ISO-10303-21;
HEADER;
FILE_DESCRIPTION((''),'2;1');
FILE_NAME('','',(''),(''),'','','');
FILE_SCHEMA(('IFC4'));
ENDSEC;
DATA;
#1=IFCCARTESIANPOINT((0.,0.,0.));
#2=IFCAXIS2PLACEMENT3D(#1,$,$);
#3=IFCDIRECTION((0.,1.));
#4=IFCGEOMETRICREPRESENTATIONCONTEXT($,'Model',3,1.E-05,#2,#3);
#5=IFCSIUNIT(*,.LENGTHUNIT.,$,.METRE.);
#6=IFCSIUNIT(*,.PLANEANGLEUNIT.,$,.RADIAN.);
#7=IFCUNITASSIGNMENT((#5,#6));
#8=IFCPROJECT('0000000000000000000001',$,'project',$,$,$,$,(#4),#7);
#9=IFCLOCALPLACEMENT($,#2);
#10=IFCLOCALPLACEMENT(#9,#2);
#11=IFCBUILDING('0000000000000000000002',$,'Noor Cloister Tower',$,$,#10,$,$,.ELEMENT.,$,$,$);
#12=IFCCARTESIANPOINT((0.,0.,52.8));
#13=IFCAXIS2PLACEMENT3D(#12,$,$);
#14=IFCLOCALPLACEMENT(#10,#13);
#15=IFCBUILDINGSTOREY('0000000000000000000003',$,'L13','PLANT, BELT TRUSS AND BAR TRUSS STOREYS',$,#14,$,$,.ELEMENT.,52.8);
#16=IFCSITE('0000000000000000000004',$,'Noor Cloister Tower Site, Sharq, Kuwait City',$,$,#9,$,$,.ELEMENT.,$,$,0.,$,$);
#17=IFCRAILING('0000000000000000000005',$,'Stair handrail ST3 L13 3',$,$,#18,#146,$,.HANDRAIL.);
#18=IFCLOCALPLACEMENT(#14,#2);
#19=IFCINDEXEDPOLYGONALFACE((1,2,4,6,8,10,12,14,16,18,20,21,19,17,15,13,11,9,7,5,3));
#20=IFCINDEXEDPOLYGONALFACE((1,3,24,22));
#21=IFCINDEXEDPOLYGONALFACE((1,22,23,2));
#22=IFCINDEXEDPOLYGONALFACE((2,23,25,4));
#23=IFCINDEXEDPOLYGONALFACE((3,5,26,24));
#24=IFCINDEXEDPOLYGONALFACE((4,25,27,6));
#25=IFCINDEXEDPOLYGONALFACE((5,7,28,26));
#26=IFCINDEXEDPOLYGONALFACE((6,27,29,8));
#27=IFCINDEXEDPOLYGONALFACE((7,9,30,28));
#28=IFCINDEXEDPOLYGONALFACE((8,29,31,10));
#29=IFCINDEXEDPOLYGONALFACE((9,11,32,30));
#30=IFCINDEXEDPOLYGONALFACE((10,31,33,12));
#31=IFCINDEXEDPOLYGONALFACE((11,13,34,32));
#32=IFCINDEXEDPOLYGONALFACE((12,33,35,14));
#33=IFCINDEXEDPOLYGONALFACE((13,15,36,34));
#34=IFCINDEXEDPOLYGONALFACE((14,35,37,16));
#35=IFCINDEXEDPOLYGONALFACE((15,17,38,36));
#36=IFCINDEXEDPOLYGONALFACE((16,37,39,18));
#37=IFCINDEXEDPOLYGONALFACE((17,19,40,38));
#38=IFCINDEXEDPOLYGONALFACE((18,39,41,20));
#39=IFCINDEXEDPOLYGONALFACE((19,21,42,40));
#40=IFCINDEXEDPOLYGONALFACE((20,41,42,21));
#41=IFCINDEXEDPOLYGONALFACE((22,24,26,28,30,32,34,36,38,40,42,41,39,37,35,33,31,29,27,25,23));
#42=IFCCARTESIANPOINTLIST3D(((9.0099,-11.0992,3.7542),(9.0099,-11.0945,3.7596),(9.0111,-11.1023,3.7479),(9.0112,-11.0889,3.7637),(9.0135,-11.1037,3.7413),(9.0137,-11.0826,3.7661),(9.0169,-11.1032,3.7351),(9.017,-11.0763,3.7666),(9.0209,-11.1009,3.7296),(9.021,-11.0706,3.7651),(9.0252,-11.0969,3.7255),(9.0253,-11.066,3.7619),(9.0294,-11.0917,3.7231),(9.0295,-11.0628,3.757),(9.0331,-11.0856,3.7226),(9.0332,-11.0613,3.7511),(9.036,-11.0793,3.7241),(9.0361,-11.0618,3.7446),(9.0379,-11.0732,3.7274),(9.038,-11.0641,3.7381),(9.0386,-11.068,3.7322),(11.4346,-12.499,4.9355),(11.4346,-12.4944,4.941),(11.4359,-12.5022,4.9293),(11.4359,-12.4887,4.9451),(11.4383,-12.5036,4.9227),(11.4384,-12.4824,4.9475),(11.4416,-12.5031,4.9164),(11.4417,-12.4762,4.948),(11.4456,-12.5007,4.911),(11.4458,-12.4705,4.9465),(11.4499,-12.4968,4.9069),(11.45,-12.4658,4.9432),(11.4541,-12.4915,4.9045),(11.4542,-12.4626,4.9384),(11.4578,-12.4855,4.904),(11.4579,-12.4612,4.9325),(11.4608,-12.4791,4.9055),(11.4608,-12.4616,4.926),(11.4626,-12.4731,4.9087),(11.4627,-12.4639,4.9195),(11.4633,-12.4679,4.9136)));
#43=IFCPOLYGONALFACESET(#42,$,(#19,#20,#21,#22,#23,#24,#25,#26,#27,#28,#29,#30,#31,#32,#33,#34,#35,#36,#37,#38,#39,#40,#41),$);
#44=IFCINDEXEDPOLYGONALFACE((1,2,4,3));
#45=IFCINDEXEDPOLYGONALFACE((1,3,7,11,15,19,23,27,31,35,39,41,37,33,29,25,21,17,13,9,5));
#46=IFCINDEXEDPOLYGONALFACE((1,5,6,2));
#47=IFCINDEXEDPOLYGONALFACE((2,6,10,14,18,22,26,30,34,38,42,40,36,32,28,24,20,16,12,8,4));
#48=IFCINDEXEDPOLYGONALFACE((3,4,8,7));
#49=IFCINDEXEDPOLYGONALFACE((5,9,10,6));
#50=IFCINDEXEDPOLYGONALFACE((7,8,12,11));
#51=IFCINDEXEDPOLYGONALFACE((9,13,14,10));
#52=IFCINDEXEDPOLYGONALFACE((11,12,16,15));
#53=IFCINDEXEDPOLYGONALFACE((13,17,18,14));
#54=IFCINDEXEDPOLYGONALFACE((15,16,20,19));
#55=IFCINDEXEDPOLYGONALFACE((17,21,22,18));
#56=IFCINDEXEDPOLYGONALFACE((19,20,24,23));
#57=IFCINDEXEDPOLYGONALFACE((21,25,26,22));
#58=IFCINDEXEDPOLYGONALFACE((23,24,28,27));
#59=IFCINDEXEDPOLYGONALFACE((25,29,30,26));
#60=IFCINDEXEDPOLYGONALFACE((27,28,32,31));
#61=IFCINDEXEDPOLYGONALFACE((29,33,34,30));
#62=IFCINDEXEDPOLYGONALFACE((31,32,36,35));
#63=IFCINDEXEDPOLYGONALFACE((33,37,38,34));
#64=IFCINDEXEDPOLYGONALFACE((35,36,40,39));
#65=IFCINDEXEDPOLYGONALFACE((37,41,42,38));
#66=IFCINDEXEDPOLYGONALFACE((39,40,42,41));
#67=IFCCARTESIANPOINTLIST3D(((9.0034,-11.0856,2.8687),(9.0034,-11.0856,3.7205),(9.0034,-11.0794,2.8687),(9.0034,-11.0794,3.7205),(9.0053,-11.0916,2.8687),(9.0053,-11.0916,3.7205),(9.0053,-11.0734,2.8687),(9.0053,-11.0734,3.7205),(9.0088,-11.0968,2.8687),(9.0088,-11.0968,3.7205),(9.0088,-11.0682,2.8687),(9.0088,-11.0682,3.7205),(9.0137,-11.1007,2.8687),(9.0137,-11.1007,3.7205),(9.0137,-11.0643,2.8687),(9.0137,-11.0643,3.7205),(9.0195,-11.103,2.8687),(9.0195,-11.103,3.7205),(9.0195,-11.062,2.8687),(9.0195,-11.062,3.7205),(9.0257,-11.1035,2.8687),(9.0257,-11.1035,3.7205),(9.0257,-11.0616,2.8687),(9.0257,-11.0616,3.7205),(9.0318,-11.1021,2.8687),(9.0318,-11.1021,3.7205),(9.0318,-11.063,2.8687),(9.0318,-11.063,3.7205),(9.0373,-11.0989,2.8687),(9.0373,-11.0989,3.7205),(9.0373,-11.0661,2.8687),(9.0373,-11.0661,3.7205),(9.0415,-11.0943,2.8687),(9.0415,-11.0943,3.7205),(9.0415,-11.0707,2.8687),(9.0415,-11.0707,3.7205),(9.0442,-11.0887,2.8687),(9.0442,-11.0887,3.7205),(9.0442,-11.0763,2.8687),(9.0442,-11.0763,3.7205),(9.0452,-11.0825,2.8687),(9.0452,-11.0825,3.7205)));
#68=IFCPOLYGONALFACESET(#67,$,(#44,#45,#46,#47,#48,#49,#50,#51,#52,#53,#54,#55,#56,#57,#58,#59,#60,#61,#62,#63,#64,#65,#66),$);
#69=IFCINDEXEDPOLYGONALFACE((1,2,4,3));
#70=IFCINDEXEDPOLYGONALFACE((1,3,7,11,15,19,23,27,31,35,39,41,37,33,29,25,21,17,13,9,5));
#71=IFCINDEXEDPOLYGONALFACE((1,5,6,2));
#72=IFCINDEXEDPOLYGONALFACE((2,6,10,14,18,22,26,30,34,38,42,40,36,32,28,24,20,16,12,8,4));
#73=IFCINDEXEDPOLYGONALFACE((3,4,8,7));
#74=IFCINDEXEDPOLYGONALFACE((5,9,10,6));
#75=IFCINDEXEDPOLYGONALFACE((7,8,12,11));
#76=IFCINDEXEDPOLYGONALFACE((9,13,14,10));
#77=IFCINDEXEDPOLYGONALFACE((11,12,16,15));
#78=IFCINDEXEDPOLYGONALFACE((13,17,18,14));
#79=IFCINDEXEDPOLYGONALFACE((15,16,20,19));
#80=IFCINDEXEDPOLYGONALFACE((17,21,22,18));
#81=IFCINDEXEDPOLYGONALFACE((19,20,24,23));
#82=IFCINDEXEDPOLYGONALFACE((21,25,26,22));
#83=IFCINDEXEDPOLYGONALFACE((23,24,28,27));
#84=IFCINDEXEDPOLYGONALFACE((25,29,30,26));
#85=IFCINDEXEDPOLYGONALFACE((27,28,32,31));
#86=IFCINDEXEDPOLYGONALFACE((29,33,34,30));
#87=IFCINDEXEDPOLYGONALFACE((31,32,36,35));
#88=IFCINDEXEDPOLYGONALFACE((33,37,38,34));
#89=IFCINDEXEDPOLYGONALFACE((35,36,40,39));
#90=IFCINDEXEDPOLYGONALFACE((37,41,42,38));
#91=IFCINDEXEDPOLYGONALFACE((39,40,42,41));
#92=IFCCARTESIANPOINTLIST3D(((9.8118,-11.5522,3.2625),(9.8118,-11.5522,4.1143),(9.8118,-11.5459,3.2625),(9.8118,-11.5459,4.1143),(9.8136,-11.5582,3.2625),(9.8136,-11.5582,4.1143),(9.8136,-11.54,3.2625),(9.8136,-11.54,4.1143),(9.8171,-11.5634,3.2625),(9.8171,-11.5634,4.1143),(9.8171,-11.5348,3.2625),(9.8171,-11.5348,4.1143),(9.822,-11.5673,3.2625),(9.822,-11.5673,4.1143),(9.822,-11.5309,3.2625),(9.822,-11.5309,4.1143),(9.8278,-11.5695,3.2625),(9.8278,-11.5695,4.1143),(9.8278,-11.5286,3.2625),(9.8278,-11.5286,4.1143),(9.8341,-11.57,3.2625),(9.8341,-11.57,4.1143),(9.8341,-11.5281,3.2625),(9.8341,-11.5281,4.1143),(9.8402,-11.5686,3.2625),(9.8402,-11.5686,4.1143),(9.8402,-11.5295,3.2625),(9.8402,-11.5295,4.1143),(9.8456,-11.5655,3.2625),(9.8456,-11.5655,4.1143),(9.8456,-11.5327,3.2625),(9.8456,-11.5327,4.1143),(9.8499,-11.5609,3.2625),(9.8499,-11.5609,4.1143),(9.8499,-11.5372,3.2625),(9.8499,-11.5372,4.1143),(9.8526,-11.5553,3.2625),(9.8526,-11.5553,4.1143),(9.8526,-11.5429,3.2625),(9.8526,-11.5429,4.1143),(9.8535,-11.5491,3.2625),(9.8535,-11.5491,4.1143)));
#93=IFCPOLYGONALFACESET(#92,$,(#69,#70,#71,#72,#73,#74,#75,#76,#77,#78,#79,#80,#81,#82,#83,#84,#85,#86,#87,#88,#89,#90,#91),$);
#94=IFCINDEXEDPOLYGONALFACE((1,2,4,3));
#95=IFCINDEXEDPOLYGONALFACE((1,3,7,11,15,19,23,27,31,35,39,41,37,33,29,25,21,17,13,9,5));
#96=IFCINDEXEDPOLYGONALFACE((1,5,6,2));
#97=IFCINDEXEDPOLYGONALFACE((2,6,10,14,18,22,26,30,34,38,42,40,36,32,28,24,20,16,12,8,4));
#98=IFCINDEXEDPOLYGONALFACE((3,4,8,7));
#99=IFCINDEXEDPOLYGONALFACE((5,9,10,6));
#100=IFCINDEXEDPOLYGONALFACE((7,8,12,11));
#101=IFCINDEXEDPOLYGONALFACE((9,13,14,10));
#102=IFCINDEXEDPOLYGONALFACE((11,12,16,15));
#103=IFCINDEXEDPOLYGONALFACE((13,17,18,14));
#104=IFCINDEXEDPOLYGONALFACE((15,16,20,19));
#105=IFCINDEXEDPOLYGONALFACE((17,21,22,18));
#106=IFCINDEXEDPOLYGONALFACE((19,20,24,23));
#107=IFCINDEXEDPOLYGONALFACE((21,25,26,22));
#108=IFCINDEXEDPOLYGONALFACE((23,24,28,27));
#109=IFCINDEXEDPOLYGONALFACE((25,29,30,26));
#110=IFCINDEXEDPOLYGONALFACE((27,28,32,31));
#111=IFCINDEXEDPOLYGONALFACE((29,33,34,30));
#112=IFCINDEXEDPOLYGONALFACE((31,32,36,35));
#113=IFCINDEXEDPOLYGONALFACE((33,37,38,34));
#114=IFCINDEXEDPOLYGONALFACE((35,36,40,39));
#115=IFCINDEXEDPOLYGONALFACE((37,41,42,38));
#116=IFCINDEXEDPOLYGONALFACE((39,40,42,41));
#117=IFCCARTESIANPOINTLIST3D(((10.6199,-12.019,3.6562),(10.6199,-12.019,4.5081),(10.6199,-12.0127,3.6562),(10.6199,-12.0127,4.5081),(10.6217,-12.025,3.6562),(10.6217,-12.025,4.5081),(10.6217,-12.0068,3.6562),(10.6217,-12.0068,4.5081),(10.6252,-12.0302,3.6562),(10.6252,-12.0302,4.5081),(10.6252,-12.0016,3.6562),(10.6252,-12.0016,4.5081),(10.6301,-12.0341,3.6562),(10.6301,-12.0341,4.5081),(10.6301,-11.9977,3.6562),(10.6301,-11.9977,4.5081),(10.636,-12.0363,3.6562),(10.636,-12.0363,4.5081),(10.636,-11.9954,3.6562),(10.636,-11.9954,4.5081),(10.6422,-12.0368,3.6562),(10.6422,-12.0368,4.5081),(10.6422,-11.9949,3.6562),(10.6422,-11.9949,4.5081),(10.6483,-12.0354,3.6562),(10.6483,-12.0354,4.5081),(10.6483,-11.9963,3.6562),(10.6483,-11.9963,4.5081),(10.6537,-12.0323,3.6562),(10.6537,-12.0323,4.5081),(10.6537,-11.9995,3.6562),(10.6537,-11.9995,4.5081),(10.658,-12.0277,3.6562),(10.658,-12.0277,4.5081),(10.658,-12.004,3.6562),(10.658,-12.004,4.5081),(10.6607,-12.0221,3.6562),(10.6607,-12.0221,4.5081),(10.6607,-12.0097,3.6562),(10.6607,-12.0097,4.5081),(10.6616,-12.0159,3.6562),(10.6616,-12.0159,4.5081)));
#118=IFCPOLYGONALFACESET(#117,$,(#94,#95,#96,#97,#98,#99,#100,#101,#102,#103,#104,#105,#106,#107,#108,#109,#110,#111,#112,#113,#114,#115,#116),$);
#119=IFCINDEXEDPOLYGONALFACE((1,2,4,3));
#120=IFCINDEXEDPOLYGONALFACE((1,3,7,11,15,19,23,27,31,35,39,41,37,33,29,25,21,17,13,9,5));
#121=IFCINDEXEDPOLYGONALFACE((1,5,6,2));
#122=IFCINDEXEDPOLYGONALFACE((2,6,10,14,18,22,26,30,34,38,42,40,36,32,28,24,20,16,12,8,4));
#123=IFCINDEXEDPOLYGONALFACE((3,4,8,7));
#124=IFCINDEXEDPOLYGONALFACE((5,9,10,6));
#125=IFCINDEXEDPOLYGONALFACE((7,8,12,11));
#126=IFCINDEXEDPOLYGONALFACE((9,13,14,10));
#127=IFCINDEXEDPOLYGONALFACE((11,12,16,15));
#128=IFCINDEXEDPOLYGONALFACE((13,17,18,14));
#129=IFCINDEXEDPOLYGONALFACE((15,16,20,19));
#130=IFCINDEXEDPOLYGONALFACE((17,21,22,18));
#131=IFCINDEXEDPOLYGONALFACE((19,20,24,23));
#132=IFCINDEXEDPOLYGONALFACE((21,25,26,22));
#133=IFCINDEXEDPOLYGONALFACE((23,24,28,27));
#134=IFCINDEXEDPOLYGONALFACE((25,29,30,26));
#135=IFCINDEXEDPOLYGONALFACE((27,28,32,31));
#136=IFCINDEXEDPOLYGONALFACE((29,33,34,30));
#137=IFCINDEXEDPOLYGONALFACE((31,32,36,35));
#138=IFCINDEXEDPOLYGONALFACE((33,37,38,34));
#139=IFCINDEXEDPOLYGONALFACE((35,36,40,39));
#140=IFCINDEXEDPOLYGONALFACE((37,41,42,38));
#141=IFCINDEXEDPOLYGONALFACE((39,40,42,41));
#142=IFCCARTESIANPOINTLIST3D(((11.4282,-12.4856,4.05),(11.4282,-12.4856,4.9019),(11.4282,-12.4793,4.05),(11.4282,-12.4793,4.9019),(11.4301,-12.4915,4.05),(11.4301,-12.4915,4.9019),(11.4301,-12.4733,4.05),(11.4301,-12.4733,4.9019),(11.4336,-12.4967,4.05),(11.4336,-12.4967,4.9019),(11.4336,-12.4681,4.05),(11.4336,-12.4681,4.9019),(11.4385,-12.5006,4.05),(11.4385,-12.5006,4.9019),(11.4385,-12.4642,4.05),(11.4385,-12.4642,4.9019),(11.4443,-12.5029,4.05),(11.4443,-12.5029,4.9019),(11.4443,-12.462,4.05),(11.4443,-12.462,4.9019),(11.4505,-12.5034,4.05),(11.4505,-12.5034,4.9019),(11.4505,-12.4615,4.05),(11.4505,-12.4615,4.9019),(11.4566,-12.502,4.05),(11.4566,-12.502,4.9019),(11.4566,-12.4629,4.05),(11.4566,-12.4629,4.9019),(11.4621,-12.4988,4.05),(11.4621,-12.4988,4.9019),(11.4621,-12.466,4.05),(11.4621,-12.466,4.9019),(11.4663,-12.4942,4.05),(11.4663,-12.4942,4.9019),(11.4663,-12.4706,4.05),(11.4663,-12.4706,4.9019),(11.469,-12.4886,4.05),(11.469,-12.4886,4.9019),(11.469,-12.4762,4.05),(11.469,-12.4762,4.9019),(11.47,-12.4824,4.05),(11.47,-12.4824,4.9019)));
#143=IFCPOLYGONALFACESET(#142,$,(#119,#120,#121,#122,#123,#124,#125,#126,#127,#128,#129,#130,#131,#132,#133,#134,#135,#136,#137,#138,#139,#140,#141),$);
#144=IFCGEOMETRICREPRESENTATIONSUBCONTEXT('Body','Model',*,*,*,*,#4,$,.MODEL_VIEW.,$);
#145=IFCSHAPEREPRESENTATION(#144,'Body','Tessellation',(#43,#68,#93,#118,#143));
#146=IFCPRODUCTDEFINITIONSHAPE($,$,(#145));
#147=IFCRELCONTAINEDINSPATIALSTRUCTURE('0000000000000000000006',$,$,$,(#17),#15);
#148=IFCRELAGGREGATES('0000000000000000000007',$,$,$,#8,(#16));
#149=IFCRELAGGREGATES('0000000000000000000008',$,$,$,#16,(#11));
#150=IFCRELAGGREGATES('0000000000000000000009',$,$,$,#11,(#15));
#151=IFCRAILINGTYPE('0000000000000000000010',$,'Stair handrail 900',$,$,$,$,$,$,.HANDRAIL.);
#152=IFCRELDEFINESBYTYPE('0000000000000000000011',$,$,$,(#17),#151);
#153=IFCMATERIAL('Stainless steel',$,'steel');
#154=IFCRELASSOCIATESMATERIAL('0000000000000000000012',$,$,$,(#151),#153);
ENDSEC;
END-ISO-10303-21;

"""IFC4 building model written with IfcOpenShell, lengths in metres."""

from ifc_helpers import new_model, si_unit, direction, frame, origin, origin_2d, place, context, subcontext, project, spatial, circle, extrude, material, type_object, element, save


model = new_model("IFC4")

# Units and contexts
model_context = context("Model", 3, precision=1e-05, world=origin(), true_north=direction((0.0, 1.0)))
body_context = subcontext(model_context, "Body", "Model", "MODEL_VIEW")
ifc_project = project(units=[si_unit("LENGTHUNIT", "METRE"), si_unit("PLANEANGLEUNIT", "RADIAN")], contexts=[model_context])

# Site, building, storey
site_placement = place(None, origin())
site = spatial("IfcSite", under=ifc_project, at=site_placement, Name="Noor Cloister Tower Site, Sharq, Kuwait City", CompositionType="ELEMENT", RefElevation=0.0)
building_placement = place(site_placement, origin())
building = spatial("IfcBuilding", under=site, at=building_placement, Name="Noor Cloister Tower", CompositionType="ELEMENT")
storey_placement = place(building_placement, frame((0.0, 0.0, 52.8)))
storey = spatial("IfcBuildingStorey", under=building, at=storey_placement, Name="L13", Description="PLANT, BELT TRUSS AND BAR TRUSS STOREYS", CompositionType="ELEMENT", Elevation=52.8)

# Railing
ifc_material_1 = material(Name="Stainless steel", Category="steel")
railing_type = type_object("IfcRailingType", Name="Stair handrail 900", PredefinedType="HANDRAIL", material=ifc_material_1)
railing_1_placement = place(storey_placement, frame((9.0242, -11.0825, 2.8687)))
element("IfcRailing", 1, at=railing_1_placement, inside=storey, type_object=railing_type, Name="Stair handrail ST3 L13 3", PredefinedType="HANDRAIL", context=body_context, shape_type="SweptSolid", body=[
    extrude(circle(Radius=0.0239, at=origin_2d()), frame((0.0, 0.0, 0.876), z_axis=(0.797914, -0.460656, 0.388754), x_axis=(0.499984, 0.866035, 0.0)), (0.0, 0.0, 1.0), 3.0388),
    extrude(circle(Radius=0.021, at=origin_2d()), origin(), (0.0, 0.0, 1.0), 0.8518),
    extrude(circle(Radius=0.021, at=origin_2d()), frame((0.8083, -0.4666, 0.3938)), (0.0, 0.0, 1.0), 0.8518),
    extrude(circle(Radius=0.021, at=origin_2d()), frame((1.6165, -0.9333, 0.7876)), (0.0, 0.0, 1.0), 0.8518),
    extrude(circle(Radius=0.021, at=origin_2d()), frame((2.4248, -1.3999, 1.1814)), (0.0, 0.0, 1.0), 0.8518),
])

save(model, "model.ifc")
